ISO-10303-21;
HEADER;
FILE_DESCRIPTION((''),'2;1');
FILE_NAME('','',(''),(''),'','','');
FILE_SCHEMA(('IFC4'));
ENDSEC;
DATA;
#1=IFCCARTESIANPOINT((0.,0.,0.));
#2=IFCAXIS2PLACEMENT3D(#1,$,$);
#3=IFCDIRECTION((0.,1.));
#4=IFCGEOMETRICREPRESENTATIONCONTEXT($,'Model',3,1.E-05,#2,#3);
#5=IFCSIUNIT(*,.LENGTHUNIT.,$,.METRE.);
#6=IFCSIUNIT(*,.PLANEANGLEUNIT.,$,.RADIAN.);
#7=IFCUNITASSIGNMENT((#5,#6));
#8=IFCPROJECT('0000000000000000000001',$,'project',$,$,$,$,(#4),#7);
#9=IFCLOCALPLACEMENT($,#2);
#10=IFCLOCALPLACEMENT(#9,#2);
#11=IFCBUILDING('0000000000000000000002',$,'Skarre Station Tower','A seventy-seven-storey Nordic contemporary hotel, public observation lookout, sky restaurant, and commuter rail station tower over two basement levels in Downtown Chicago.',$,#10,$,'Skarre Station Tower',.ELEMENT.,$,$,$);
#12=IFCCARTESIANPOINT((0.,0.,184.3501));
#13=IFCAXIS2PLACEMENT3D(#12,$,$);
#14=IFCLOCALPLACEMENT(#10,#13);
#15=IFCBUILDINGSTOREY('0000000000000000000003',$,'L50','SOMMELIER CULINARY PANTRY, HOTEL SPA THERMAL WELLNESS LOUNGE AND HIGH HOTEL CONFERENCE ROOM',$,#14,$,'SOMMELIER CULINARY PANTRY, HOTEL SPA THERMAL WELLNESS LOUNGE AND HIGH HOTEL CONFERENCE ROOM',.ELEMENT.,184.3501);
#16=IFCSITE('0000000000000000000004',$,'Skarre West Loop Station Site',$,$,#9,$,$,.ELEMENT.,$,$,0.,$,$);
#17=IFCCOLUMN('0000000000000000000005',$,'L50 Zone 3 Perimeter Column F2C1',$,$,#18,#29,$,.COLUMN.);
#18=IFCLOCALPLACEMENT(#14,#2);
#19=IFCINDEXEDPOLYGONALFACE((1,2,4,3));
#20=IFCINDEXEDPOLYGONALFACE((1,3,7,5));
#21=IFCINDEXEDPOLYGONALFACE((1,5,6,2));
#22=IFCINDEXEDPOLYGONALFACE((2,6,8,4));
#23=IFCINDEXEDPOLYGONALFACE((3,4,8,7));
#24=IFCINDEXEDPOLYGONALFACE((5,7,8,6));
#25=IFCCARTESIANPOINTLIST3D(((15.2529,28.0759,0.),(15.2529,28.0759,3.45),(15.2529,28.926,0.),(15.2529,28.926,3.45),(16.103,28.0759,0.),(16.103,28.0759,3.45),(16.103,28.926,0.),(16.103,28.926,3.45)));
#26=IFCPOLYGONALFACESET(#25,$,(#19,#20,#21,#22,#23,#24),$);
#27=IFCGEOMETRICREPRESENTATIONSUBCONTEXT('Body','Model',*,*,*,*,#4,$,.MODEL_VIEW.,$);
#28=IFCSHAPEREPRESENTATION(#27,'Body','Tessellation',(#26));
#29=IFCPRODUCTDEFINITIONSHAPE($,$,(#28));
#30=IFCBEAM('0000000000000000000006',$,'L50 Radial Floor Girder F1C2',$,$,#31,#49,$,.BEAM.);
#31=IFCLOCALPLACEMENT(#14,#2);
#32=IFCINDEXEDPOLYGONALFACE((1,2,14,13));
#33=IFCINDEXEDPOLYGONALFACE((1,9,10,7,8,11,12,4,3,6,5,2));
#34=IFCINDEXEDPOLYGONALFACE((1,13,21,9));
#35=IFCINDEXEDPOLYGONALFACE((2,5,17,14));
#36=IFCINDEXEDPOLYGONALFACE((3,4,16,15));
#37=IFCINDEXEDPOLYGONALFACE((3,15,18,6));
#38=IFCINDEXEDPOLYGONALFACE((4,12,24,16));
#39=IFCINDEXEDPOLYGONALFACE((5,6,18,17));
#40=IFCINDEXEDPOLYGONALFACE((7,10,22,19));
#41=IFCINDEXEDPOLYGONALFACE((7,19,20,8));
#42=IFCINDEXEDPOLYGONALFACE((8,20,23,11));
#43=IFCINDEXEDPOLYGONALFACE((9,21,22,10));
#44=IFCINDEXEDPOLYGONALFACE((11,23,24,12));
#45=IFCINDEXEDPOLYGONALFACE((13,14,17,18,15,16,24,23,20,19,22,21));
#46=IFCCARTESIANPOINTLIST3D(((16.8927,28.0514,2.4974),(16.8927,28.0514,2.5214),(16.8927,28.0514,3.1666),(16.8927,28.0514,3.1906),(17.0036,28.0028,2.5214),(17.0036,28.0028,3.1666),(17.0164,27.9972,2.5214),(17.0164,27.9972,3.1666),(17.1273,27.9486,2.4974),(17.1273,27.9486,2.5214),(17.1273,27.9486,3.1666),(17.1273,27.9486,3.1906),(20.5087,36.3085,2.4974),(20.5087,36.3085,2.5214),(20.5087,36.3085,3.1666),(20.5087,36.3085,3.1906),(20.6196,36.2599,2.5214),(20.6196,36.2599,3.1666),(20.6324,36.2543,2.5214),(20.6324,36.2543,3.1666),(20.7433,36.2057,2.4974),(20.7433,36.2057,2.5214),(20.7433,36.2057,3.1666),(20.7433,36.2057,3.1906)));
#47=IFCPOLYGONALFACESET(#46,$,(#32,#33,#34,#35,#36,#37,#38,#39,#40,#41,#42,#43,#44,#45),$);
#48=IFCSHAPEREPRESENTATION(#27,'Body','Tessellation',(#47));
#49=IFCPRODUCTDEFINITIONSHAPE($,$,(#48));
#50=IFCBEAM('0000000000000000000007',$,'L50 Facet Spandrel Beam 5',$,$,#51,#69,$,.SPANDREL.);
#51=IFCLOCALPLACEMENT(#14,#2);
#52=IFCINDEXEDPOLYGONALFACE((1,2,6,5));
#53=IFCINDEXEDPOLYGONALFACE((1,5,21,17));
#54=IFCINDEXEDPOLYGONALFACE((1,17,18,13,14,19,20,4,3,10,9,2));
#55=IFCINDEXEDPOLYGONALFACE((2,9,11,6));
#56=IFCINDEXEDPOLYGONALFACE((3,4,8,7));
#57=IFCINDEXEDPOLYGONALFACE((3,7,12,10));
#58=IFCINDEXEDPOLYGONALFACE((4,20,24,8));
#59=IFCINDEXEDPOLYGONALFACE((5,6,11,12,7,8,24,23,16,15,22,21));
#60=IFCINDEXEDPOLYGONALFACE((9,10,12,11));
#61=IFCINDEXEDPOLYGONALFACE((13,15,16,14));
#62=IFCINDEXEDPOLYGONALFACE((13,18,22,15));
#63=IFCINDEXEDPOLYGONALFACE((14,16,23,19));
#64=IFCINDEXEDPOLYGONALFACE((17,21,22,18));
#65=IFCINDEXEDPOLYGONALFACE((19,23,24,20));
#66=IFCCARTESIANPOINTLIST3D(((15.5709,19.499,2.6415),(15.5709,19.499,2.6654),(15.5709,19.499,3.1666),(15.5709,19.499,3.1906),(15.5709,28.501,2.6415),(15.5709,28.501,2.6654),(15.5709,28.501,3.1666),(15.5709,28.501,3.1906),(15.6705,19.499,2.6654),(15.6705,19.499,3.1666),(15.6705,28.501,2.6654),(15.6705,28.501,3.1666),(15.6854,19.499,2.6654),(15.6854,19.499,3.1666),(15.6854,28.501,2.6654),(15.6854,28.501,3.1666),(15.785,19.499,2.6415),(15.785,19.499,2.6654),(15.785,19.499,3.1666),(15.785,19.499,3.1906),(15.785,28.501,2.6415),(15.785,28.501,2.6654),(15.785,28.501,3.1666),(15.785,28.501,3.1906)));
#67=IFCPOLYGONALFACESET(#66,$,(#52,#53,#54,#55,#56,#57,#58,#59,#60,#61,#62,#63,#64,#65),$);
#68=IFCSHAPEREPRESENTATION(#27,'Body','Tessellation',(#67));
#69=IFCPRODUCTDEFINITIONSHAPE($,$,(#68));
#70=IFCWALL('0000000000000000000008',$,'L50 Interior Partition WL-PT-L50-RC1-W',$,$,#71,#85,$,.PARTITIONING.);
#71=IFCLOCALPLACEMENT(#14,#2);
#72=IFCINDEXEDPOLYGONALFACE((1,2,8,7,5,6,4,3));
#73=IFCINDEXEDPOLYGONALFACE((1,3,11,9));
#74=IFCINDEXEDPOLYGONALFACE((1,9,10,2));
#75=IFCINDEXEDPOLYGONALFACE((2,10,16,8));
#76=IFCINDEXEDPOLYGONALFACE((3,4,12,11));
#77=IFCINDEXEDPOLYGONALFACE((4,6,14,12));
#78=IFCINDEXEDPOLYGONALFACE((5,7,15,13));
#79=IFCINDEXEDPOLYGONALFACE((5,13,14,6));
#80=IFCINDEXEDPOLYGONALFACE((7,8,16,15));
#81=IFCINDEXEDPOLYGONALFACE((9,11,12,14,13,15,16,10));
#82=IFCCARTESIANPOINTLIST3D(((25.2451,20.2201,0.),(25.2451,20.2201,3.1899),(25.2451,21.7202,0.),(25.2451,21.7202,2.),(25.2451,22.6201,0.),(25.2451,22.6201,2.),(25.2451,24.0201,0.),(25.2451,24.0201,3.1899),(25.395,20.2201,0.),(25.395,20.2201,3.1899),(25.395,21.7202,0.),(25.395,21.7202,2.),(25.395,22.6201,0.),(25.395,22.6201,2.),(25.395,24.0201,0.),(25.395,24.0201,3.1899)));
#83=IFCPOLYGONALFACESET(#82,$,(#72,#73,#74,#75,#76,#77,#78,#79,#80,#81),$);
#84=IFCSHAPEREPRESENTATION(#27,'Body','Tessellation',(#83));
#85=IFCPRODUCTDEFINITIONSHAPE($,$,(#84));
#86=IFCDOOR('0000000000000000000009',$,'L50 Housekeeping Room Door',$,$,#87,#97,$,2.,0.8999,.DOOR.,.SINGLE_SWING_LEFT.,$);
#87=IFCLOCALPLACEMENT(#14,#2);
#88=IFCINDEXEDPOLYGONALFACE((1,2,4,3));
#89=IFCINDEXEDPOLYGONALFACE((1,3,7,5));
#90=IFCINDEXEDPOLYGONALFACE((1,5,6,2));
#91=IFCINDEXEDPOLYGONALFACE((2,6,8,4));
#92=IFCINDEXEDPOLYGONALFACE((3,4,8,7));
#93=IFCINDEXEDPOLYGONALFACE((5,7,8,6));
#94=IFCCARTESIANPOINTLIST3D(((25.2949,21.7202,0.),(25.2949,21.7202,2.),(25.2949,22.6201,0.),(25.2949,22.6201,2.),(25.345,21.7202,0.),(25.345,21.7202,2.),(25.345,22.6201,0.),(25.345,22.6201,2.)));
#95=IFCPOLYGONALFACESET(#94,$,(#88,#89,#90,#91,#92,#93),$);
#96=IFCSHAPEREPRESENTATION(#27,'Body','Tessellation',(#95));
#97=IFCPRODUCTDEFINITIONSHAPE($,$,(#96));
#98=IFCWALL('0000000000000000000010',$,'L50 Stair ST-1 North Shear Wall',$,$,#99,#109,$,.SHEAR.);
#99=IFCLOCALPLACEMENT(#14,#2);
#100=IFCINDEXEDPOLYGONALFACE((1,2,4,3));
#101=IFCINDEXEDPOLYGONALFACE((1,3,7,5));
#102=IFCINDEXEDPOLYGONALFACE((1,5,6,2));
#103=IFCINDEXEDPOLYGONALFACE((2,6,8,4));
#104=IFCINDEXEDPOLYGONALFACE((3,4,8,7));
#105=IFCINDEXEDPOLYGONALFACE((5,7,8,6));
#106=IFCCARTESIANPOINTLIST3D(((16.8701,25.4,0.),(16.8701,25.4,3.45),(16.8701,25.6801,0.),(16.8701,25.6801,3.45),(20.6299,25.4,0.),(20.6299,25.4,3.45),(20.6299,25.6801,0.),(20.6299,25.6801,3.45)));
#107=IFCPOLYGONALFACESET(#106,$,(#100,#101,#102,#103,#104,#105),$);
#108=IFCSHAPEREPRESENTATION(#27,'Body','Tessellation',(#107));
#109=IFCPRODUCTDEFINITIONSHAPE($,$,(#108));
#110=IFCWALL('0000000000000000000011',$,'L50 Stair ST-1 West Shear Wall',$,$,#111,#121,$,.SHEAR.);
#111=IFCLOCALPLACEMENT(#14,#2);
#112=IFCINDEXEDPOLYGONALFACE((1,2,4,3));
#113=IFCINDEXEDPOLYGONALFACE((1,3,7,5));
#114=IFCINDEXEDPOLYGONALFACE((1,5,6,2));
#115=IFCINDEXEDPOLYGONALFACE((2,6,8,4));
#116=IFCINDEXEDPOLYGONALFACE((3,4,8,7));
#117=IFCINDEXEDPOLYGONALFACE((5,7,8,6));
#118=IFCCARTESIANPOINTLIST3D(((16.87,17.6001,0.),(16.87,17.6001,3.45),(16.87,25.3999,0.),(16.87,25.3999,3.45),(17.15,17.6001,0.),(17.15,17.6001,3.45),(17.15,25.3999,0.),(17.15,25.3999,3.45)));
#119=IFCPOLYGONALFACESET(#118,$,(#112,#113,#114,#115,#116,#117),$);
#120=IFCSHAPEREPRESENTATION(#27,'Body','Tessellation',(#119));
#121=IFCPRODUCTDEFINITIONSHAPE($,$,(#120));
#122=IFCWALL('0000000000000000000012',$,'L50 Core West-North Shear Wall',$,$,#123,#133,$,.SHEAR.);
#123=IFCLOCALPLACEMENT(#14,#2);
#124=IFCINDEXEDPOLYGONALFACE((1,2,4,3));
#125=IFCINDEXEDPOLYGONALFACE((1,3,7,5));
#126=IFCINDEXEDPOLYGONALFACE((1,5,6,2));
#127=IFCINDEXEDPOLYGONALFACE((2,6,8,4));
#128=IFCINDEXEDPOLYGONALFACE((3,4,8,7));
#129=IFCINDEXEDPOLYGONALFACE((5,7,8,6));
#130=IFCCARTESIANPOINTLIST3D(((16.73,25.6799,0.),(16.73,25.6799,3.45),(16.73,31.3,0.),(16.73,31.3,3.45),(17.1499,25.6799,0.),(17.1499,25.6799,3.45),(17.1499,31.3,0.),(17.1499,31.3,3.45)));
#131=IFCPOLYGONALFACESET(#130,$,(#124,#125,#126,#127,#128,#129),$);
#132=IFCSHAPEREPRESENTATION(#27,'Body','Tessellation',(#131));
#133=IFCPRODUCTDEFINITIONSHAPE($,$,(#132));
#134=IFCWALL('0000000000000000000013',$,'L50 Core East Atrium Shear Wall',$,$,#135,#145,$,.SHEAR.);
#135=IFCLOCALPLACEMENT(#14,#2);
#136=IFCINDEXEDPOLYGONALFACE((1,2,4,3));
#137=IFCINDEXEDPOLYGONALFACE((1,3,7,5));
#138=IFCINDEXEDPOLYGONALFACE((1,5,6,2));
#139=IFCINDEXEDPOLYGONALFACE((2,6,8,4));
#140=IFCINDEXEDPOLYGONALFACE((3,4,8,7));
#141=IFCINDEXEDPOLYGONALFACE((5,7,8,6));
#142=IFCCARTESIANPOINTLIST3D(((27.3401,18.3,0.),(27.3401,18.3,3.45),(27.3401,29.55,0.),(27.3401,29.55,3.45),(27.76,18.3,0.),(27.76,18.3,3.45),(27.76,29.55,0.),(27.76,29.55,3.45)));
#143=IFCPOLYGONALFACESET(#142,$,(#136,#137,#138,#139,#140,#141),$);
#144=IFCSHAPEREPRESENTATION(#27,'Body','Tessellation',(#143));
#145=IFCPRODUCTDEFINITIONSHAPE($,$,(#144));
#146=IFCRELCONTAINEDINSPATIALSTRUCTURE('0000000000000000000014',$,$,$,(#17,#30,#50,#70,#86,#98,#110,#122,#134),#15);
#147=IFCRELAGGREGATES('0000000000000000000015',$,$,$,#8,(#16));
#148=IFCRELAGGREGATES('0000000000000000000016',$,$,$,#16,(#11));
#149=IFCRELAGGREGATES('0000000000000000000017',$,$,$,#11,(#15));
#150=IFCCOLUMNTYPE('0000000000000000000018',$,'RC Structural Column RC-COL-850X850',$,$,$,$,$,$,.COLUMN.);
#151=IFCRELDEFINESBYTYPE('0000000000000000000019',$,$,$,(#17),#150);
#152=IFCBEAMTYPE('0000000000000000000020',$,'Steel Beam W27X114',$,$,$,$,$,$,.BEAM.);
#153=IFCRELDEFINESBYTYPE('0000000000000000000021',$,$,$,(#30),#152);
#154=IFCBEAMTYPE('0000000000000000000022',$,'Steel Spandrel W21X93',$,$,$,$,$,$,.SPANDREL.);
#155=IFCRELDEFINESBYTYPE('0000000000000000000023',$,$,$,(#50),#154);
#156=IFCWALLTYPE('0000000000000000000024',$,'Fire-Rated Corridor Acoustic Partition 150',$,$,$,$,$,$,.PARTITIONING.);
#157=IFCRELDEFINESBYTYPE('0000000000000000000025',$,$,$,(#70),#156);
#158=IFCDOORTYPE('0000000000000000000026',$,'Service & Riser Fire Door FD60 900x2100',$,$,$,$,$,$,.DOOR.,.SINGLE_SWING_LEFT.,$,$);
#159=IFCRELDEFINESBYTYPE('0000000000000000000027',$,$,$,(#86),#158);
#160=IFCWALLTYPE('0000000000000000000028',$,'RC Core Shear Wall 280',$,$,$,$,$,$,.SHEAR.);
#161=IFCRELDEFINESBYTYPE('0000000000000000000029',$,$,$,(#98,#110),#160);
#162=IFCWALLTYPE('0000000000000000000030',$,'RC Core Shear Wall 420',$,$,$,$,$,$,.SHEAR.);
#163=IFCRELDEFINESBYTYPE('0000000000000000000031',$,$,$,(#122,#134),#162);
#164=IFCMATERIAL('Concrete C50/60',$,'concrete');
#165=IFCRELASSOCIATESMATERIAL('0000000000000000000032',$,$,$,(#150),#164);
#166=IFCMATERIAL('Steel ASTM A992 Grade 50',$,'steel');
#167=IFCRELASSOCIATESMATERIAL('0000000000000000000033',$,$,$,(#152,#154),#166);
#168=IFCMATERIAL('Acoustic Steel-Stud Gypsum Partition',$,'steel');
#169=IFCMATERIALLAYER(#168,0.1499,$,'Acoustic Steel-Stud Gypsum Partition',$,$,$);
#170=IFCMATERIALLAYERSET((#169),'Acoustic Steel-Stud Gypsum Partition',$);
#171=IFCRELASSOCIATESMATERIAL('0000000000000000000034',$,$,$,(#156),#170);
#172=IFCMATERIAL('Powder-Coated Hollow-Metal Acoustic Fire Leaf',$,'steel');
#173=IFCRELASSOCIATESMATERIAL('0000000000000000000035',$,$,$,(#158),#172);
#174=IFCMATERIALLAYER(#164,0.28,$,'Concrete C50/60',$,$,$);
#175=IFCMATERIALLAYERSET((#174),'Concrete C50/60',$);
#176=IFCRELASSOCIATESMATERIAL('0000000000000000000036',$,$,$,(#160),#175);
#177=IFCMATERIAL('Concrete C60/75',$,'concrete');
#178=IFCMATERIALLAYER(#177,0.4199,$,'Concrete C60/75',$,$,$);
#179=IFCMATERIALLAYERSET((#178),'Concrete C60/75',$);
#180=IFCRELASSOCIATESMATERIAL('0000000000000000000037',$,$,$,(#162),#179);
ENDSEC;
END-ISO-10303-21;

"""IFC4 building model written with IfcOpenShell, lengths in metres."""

from ifc_helpers import new_model, si_unit, direction, frame, frame_2d, origin, origin_2d, place, context, subcontext, project, spatial, rectangle, i_section, extrude, material, layer, layer_set, material_profile, profile_set, type_object, element, fill, save


model = new_model("IFC4")

# Units and contexts
model_context = context("Model", 3, precision=1e-05, world=origin(), true_north=direction((0.0, 1.0)))
body_context = subcontext(model_context, "Body", "Model", "MODEL_VIEW")
ifc_project = project(units=[si_unit("LENGTHUNIT", "METRE"), si_unit("PLANEANGLEUNIT", "RADIAN")], contexts=[model_context])

# Site, building, storey
site_placement = place(None, origin())
site = spatial("IfcSite", under=ifc_project, at=site_placement, Name="Skarre West Loop Station Site", CompositionType="ELEMENT", RefElevation=0.0)
building_placement = place(site_placement, origin())
building = spatial("IfcBuilding", under=site, at=building_placement, Name="Skarre Station Tower", Description="A seventy-seven-storey Nordic contemporary hotel, public observation lookout, sky restaurant, and commuter rail station tower over two basement levels in Downtown Chicago.", LongName="Skarre Station Tower", CompositionType="ELEMENT")
storey_placement = place(building_placement, frame((0.0, 0.0, 184.3501)))
storey = spatial("IfcBuildingStorey", under=building, at=storey_placement, Name="L50", Description="SOMMELIER CULINARY PANTRY, HOTEL SPA THERMAL WELLNESS LOUNGE AND HIGH HOTEL CONFERENCE ROOM", LongName="SOMMELIER CULINARY PANTRY, HOTEL SPA THERMAL WELLNESS LOUNGE AND HIGH HOTEL CONFERENCE ROOM", CompositionType="ELEMENT", Elevation=184.3501)

# Column
ifc_material_1 = material(Name="Concrete C50/60", Category="concrete")
ifc_material_profile_1 = material_profile(ifc_material_1, rectangle(XDim=0.8501, YDim=0.8501, at=origin_2d()), Name="Concrete C50/60")
ifc_profile_set_1 = profile_set([ifc_material_profile_1], Name="Concrete C50/60")
column_type = type_object("IfcColumnType", Name="RC Structural Column RC-COL-850X850", PredefinedType="COLUMN", material=ifc_profile_set_1)
column_placement = place(storey_placement, frame((15.678, 28.501, 0.0), z_axis=(0.0, 0.0, 1.0), x_axis=(1.0, 0.0, 0.0)))
element("IfcColumn", 1, at=column_placement, inside=storey, type_object=column_type, Name="L50 Zone 3 Perimeter Column F2C1", PredefinedType="COLUMN", context=body_context, shape_type="SweptSolid", body=[
    extrude(rectangle(XDim=0.8501, YDim=0.8501, at=origin_2d()), origin(), (0.0, 0.0, 1.0), 3.45),
])

# Beams
ifc_material_2 = material(Name="Steel ASTM A992 Grade 50", Category="steel")
ifc_material_profile_2 = material_profile(ifc_material_2, i_section(OverallWidth=0.2561, OverallDepth=0.6931, WebThickness=0.0139, FlangeThickness=0.0239, at=origin_2d()), Name="Steel ASTM A992 Grade 50")
ifc_profile_set_2 = profile_set([ifc_material_profile_2], Name="Steel ASTM A992 Grade 50")
beam_type_1 = type_object("IfcBeamType", Name="Steel Beam W27X114", PredefinedType="BEAM", material=ifc_profile_set_2)
beam_1_placement = place(storey_placement, frame((17.01, 28.0, 2.844), z_axis=(0.401144, 0.916015, 0.0), x_axis=(-0.916015, 0.401144, 0.0)))
element("IfcBeam", 2, at=beam_1_placement, inside=storey, type_object=beam_type_1, Name="L50 Radial Floor Girder F1C2", PredefinedType="BEAM", context=body_context, shape_type="SweptSolid", body=[
    extrude(i_section(OverallWidth=0.2561, OverallDepth=0.6931, WebThickness=0.0139, FlangeThickness=0.0239, at=origin_2d()), origin(), (0.0, 0.0, 1.0), 9.0142),
])
ifc_material_profile_3 = material_profile(ifc_material_2, i_section(OverallWidth=0.2141, OverallDepth=0.5491, WebThickness=0.0149, FlangeThickness=0.0239, at=origin_2d()), Name="Steel ASTM A992 Grade 50")
ifc_profile_set_3 = profile_set([ifc_material_profile_3], Name="Steel ASTM A992 Grade 50")
beam_type_2 = type_object("IfcBeamType", Name="Steel Spandrel W21X93", PredefinedType="SPANDREL", material=ifc_profile_set_3)
beam_2_placement = place(storey_placement, frame((15.678, 28.501, 2.916), z_axis=(0.0, -1.0, 0.0), x_axis=(1.0, 0.0, 0.0)))
element("IfcBeam", 3, at=beam_2_placement, inside=storey, type_object=beam_type_2, Name="L50 Facet Spandrel Beam 5", PredefinedType="SPANDREL", context=body_context, shape_type="SweptSolid", body=[
    extrude(i_section(OverallWidth=0.2141, OverallDepth=0.5491, WebThickness=0.0149, FlangeThickness=0.0239, at=origin_2d()), origin(), (0.0, 0.0, 1.0), 9.002),
])

# Wall, opening, door
ifc_material_3 = material(Name="Acoustic Steel-Stud Gypsum Partition", Category="steel")
ifc_layer_1 = layer(ifc_material_3, 0.1499, Name="Acoustic Steel-Stud Gypsum Partition")
ifc_layer_set_1 = layer_set([ifc_layer_1], Name="Acoustic Steel-Stud Gypsum Partition")
wall_type_1 = type_object("IfcWallType", Name="Fire-Rated Corridor Acoustic Partition 150", PredefinedType="PARTITIONING", material=ifc_layer_set_1)
wall_1_placement = place(storey_placement, frame((25.3201, 24.02, 0.0), z_axis=(0.0, 0.0, 1.0), x_axis=(0.0, -1.0, 0.0)))
wall_1 = element("IfcWall", 4, at=wall_1_placement, inside=storey, type_object=wall_type_1, Name="L50 Interior Partition WL-PT-L50-RC1-W", PredefinedType="PARTITIONING", context=body_context, shape_type="SweptSolid", body=[
    extrude(rectangle(XDim=3.8, YDim=0.1499, at=frame_2d((1.8999, 0.0))), origin(), (0.0, 0.0, 1.0), 3.1899),
])
opening_1_placement = place(wall_1_placement, frame((1.3999, 0.0, 0.0)))
opening_1 = element("IfcOpeningElement", 5, at=opening_1_placement, cuts=wall_1, PredefinedType="OPENING", context=body_context, shape_type="SweptSolid", body=[
    extrude(rectangle(XDim=0.8999, YDim=2.0, at=frame_2d((0.45, 1.0))), frame((0.0, 0.085, 0.0), z_axis=(0.0, -1.0, 0.0), x_axis=(1.0, 0.0, 0.0)), (0.0, 0.0, 1.0), 0.1699),
])
ifc_material_4 = material(Name="Powder-Coated Hollow-Metal Acoustic Fire Leaf", Category="steel")
door_type_1 = type_object("IfcDoorType", Name="Service & Riser Fire Door FD60 900x2100", OperationType="SINGLE_SWING_LEFT", PredefinedType="DOOR", material=ifc_material_4)
door_1_placement = place(opening_1_placement, origin())
door_1 = element("IfcDoor", 6, at=door_1_placement, inside=storey, type_object=door_type_1, Name="L50 Housekeeping Room Door", OperationType="SINGLE_SWING_LEFT", OverallHeight=2.0, OverallWidth=0.8999, PredefinedType="DOOR", context=body_context, shape_type="SweptSolid", body=[
    extrude(rectangle(XDim=0.8999, YDim=2.0, at=frame_2d((0.45, 1.0))), frame((0.0, 0.0249, 0.0), z_axis=(0.0, -1.0, 0.0), x_axis=(1.0, 0.0, 0.0)), (0.0, 0.0, 1.0), 0.05),
])
fill(opening_1, door_1)

# Walls
ifc_layer_2 = layer(ifc_material_1, 0.28, Name="Concrete C50/60")
ifc_layer_set_2 = layer_set([ifc_layer_2], Name="Concrete C50/60")
wall_type_2 = type_object("IfcWallType", Name="RC Core Shear Wall 280", PredefinedType="SHEAR", material=ifc_layer_set_2)
wall_2_placement = place(storey_placement, frame((20.6299, 25.54, 0.0), z_axis=(0.0, 0.0, 1.0), x_axis=(-1.0, 0.0, 0.0)))
element("IfcWall", 7, at=wall_2_placement, inside=storey, type_object=wall_type_2, Name="L50 Stair ST-1 North Shear Wall", PredefinedType="SHEAR", context=body_context, shape_type="SweptSolid", body=[
    extrude(rectangle(XDim=3.7598, YDim=0.28, at=frame_2d((1.8799, 0.0))), origin(), (0.0, 0.0, 1.0), 3.45),
])
wall_3_placement = place(storey_placement, frame((17.01, 25.3999, 0.0), z_axis=(0.0, 0.0, 1.0), x_axis=(0.0, -1.0, 0.0)))
element("IfcWall", 8, at=wall_3_placement, inside=storey, type_object=wall_type_2, Name="L50 Stair ST-1 West Shear Wall", PredefinedType="SHEAR", context=body_context, shape_type="SweptSolid", body=[
    extrude(rectangle(XDim=7.7998, YDim=0.28, at=frame_2d((3.8999, 0.0))), origin(), (0.0, 0.0, 1.0), 3.45),
])
ifc_material_5 = material(Name="Concrete C60/75", Category="concrete")
ifc_layer_3 = layer(ifc_material_5, 0.4199, Name="Concrete C60/75")
ifc_layer_set_3 = layer_set([ifc_layer_3], Name="Concrete C60/75")
wall_type_3 = type_object("IfcWallType", Name="RC Core Shear Wall 420", PredefinedType="SHEAR", material=ifc_layer_set_3)
wall_4_placement = place(storey_placement, frame((16.9399, 25.6799, 0.0), z_axis=(0.0, 0.0, 1.0), x_axis=(0.0, 1.0, 0.0)))
element("IfcWall", 9, at=wall_4_placement, inside=storey, type_object=wall_type_3, Name="L50 Core West-North Shear Wall", PredefinedType="SHEAR", context=body_context, shape_type="SweptSolid", body=[
    extrude(rectangle(XDim=5.6201, YDim=0.4199, at=frame_2d((2.8101, 0.0))), origin(), (0.0, 0.0, 1.0), 3.45),
])
wall_5_placement = place(storey_placement, frame((27.55, 29.55, 0.0), z_axis=(0.0, 0.0, 1.0), x_axis=(0.0, -1.0, 0.0)))
element("IfcWall", 10, at=wall_5_placement, inside=storey, type_object=wall_type_3, Name="L50 Core East Atrium Shear Wall", PredefinedType="SHEAR", context=body_context, shape_type="SweptSolid", body=[
    extrude(rectangle(XDim=11.25, YDim=0.4199, at=frame_2d((5.625, 0.0))), origin(), (0.0, 0.0, 1.0), 3.45),
])

save(model, "model.ifc")
